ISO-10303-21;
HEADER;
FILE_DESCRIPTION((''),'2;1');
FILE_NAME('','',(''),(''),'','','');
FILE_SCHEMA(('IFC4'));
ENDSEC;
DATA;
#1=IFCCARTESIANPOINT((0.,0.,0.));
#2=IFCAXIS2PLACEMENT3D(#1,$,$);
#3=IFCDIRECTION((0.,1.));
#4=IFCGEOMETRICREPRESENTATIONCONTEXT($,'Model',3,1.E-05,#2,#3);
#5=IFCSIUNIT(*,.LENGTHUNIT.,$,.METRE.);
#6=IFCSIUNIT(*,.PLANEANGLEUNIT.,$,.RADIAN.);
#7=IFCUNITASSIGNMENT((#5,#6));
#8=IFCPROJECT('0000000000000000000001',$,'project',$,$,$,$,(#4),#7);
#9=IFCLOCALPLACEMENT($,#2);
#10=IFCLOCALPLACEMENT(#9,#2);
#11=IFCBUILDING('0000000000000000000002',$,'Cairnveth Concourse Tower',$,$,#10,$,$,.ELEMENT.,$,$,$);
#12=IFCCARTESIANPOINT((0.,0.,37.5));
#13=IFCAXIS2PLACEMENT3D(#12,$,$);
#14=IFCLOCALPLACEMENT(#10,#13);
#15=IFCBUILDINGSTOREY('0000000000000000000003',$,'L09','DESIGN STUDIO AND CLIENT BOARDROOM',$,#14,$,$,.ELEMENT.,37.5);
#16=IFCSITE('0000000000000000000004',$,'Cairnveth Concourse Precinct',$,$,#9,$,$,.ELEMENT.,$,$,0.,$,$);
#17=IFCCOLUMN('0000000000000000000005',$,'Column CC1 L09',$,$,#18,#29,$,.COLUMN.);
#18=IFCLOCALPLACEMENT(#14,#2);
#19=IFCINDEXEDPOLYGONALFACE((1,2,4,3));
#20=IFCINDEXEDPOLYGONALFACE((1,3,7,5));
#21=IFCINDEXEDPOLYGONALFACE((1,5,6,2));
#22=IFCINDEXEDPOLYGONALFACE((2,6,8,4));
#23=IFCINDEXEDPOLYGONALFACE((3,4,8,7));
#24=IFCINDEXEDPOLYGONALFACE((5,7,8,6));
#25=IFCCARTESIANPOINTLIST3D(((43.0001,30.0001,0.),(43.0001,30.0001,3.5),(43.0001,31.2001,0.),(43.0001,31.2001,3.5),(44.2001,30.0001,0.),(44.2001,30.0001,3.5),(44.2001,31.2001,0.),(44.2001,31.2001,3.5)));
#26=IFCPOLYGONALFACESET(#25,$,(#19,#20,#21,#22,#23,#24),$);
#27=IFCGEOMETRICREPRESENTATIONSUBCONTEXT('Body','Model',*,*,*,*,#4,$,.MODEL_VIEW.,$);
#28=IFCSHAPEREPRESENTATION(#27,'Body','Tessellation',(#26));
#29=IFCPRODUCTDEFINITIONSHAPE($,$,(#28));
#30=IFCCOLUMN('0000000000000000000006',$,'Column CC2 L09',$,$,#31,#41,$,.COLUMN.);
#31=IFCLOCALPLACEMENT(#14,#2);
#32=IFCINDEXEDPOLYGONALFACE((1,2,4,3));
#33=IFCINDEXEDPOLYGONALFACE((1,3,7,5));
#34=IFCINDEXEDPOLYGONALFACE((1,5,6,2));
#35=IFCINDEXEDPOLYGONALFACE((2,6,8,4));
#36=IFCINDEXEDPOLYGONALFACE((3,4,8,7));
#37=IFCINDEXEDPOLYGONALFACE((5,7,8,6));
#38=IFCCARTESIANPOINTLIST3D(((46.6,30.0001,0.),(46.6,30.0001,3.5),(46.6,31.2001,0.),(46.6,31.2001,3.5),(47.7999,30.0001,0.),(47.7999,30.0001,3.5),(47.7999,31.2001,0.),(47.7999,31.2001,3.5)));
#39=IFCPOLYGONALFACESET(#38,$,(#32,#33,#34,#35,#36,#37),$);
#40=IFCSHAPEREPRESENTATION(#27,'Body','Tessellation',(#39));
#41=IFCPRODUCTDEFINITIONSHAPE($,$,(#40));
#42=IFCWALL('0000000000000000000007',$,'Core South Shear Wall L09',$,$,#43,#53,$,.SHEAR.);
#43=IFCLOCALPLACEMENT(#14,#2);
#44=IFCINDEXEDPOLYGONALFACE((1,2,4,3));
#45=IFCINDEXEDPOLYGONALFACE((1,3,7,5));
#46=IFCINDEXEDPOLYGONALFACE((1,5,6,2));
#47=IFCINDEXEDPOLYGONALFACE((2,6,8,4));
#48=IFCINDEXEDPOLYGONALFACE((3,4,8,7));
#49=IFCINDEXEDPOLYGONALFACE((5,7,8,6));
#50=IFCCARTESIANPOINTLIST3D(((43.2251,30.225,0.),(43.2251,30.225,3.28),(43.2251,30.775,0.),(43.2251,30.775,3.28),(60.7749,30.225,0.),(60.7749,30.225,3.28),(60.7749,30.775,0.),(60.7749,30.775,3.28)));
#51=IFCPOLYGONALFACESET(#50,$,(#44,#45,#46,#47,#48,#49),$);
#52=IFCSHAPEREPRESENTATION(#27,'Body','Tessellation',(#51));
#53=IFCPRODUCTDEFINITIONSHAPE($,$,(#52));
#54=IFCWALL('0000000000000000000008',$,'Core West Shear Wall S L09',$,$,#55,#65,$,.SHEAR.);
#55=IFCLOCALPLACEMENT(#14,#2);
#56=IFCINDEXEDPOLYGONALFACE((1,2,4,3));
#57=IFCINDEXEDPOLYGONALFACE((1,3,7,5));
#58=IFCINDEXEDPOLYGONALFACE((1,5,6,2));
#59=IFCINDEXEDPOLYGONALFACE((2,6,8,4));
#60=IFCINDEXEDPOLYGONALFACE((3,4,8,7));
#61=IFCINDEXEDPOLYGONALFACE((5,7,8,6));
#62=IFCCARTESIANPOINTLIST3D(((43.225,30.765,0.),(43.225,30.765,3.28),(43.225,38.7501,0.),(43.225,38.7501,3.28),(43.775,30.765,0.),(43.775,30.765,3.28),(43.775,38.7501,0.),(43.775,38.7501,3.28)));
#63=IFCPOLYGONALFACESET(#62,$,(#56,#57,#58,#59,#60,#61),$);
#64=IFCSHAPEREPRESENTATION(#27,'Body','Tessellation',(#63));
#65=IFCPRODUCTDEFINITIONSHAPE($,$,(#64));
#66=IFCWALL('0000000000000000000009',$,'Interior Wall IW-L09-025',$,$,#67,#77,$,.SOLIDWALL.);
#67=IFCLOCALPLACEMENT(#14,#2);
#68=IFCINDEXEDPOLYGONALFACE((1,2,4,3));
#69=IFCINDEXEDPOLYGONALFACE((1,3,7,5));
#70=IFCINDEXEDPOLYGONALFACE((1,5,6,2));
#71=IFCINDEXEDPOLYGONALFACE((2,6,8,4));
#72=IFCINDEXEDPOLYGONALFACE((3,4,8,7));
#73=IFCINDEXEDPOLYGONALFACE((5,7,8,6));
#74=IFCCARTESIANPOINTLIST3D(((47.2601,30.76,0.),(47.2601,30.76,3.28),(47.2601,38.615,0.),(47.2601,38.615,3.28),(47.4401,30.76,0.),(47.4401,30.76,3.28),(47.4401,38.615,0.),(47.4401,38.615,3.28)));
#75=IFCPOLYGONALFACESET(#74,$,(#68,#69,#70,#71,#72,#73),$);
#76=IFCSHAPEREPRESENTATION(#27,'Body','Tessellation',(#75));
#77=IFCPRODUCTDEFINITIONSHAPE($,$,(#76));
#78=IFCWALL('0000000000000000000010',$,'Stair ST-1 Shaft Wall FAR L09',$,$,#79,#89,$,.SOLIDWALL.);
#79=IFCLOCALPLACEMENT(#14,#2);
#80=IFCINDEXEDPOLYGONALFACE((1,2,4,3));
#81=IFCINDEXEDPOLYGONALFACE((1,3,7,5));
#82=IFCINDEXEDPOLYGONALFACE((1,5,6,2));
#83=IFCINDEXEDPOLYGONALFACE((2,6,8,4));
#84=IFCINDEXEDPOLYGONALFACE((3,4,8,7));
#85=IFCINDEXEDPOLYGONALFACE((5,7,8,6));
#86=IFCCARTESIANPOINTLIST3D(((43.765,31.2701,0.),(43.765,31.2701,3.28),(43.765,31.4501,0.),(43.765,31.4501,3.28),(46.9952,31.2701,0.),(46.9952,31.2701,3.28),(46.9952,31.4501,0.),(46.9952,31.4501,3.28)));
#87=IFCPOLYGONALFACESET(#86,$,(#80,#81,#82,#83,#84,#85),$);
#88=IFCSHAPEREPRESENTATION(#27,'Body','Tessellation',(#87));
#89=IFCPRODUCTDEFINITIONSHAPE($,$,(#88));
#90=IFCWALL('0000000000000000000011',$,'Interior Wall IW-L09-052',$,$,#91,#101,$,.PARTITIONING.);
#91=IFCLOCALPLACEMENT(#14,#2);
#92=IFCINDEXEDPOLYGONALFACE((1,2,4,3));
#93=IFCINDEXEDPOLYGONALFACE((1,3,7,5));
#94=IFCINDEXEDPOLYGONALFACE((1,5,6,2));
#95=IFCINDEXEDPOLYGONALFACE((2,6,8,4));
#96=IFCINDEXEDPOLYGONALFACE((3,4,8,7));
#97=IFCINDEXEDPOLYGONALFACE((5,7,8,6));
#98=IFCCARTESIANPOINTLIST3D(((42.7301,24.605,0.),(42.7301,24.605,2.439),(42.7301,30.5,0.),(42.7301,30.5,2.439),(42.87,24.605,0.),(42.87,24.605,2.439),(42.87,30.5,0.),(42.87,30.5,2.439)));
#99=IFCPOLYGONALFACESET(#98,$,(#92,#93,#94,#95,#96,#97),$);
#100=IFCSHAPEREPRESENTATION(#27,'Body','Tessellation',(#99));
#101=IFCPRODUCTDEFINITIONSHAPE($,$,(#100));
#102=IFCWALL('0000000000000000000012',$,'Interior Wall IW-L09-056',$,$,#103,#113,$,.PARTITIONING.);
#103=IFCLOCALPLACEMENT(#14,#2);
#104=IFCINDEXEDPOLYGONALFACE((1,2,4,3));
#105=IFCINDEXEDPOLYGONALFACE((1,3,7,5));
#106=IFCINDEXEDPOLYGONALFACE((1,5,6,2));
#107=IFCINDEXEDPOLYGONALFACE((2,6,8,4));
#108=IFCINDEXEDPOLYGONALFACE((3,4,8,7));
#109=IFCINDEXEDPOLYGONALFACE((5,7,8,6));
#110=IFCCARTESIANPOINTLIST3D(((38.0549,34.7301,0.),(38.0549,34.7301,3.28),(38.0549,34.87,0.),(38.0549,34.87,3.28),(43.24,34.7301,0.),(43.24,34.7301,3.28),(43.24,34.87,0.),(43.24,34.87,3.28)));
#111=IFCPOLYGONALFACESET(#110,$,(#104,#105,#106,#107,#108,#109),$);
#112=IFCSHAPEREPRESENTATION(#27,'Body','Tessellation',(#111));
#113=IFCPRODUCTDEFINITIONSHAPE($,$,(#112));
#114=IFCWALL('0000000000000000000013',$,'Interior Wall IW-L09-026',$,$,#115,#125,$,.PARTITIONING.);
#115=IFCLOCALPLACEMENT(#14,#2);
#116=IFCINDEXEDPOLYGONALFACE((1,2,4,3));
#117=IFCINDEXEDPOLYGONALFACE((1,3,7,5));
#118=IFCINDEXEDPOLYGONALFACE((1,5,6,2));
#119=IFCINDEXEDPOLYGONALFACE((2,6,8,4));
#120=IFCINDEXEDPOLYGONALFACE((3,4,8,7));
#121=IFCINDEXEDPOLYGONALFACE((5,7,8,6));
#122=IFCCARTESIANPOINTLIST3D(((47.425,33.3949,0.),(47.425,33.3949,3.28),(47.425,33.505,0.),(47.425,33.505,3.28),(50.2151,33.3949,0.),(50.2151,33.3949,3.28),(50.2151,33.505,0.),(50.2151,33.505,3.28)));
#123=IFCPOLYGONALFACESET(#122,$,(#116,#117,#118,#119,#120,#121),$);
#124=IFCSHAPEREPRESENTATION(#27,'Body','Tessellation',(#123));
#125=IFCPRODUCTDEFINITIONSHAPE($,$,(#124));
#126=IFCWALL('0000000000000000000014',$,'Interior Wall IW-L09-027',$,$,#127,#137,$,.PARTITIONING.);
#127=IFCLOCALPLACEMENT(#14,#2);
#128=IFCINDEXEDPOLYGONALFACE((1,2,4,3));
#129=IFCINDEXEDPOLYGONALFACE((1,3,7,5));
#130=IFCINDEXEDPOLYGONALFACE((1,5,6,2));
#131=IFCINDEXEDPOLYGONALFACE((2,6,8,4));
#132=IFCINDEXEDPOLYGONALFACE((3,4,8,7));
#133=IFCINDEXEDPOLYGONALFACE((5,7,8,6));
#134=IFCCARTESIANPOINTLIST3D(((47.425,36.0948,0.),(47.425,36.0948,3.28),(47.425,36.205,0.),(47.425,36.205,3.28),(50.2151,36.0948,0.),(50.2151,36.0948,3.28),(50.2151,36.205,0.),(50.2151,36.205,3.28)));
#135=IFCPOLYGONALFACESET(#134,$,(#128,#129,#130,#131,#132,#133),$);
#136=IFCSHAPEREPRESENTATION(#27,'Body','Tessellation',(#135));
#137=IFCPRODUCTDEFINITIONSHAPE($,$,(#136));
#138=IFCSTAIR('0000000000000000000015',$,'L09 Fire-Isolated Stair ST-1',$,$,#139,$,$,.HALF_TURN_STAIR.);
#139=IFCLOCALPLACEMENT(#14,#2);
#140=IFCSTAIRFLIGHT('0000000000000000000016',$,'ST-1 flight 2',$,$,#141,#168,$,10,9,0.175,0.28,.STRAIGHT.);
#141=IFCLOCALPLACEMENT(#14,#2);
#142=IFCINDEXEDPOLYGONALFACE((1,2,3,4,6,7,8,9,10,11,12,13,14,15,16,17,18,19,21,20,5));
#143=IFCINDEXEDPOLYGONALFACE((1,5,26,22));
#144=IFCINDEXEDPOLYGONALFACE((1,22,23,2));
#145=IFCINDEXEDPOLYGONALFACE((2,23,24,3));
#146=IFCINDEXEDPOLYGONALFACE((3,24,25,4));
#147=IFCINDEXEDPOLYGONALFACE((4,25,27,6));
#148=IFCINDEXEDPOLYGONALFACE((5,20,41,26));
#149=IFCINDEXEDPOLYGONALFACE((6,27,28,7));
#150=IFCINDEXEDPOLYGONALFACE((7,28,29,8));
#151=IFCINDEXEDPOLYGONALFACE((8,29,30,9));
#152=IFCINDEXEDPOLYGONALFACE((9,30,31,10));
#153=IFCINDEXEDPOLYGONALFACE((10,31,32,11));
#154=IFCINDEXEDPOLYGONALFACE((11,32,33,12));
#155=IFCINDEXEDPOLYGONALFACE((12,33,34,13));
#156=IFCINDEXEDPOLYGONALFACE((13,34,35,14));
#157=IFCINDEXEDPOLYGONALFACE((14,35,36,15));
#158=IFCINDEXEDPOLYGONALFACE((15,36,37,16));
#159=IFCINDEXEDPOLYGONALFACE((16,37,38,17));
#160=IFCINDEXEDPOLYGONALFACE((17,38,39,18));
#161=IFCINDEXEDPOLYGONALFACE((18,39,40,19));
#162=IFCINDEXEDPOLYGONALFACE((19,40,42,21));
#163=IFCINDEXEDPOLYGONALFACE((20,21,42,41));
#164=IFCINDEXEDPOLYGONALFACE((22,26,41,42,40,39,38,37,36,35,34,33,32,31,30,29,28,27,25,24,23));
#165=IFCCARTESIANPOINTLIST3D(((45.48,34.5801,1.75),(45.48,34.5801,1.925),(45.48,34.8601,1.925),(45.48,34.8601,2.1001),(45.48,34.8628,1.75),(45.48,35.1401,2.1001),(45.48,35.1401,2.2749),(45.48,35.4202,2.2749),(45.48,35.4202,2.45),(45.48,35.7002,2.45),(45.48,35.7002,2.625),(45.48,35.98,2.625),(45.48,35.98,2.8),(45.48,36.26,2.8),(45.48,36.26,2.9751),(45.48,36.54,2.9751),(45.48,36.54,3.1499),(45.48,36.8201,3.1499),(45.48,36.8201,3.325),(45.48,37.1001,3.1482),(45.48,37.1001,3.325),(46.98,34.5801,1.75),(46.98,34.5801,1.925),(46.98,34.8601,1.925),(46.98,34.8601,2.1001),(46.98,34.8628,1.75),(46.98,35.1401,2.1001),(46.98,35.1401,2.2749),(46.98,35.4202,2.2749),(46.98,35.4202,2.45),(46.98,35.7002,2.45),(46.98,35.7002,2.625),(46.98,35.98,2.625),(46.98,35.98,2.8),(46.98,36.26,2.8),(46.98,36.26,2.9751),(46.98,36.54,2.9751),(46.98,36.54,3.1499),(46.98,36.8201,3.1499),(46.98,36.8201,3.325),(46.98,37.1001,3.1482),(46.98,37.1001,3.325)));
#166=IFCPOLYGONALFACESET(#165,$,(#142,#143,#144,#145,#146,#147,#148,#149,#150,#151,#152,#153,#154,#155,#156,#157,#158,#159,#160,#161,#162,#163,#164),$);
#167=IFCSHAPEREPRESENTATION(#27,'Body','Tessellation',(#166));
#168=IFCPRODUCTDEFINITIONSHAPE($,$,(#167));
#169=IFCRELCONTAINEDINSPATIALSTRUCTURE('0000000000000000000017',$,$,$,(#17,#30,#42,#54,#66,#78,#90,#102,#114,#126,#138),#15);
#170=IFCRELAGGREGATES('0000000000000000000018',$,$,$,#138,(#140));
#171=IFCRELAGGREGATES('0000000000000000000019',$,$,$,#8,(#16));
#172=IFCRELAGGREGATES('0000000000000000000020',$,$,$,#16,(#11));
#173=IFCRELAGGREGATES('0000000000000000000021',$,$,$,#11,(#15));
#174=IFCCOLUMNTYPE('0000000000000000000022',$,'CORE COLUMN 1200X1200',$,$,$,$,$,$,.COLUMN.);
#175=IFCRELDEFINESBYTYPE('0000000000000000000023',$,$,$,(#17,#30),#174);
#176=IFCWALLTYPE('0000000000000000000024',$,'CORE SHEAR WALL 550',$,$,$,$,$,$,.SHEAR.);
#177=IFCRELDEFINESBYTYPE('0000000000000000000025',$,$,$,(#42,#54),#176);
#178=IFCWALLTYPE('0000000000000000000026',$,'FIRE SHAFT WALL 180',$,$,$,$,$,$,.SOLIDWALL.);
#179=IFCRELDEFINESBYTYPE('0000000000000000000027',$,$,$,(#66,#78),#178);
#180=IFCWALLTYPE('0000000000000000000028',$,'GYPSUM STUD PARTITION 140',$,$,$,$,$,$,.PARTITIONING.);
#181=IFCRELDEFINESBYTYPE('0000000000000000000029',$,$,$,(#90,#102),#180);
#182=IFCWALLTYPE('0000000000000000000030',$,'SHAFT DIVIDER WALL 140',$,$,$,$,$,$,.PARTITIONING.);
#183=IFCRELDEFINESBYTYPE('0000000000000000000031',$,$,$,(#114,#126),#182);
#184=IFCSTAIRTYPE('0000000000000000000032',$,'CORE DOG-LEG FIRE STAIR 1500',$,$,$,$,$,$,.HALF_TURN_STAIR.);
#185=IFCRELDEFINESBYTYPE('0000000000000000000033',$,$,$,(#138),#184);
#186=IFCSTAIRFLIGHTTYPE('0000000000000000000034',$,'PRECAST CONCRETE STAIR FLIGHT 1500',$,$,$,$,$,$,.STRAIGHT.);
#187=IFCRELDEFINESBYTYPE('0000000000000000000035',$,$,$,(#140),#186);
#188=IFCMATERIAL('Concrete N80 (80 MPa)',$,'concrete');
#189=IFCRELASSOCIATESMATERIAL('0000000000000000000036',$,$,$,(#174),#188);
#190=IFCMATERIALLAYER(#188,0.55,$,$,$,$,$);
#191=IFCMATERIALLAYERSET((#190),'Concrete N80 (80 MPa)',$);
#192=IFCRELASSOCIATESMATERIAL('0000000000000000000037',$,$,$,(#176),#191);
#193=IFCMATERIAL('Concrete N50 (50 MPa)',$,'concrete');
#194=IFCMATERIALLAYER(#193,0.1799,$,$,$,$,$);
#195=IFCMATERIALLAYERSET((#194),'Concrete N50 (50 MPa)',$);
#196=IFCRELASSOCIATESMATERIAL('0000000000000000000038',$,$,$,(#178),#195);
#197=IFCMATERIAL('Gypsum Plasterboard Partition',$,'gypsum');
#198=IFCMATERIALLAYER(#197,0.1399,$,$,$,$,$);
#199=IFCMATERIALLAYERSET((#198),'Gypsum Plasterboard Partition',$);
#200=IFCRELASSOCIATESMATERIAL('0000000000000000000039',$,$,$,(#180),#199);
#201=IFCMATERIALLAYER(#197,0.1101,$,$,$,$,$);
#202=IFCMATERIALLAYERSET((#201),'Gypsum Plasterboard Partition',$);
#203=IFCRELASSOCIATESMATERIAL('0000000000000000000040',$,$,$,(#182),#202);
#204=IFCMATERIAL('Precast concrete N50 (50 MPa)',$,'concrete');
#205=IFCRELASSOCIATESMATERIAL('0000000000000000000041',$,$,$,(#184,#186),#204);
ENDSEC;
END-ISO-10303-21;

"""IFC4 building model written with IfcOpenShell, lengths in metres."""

from ifc_helpers import new_model, si_unit, direction, frame, frame_2d, origin, origin_2d, place, context, subcontext, project, spatial, polyline, rectangle, outline, extrude, material, layer, layer_set, material_profile, profile_set, type_object, element, aggregate, save


model = new_model("IFC4")

# Units and contexts
model_context = context("Model", 3, precision=1e-05, world=origin(), true_north=direction((0.0, 1.0)))
body_context = subcontext(model_context, "Body", "Model", "MODEL_VIEW")
ifc_project = project(units=[si_unit("LENGTHUNIT", "METRE"), si_unit("PLANEANGLEUNIT", "RADIAN")], contexts=[model_context])

# Site, building, storey
site_placement = place(None, origin())
site = spatial("IfcSite", under=ifc_project, at=site_placement, Name="Cairnveth Concourse Precinct", CompositionType="ELEMENT", RefElevation=0.0)
building_placement = place(site_placement, origin())
building = spatial("IfcBuilding", under=site, at=building_placement, Name="Cairnveth Concourse Tower", CompositionType="ELEMENT")
storey_placement = place(building_placement, frame((0.0, 0.0, 37.5)))
storey = spatial("IfcBuildingStorey", under=building, at=storey_placement, Name="L09", Description="DESIGN STUDIO AND CLIENT BOARDROOM", CompositionType="ELEMENT", Elevation=37.5)

# Columns
ifc_material_1 = material(Name="Concrete N80 (80 MPa)", Category="concrete")
ifc_material_profile = material_profile(ifc_material_1, rectangle(XDim=1.2, YDim=1.2, at=origin_2d()), Name="RC-COL-1200x1200")
ifc_profile_set = profile_set([ifc_material_profile], Name="Concrete N80 (80 MPa)")
column_type = type_object("IfcColumnType", Name="CORE COLUMN 1200X1200", PredefinedType="COLUMN", material=ifc_profile_set)
for number, where, z_axis, x_axis, name in (
    (1, (43.6001, 30.6001, 0.0), (0.0, 0.0, 1.0), (1.0, 0.0, 0.0), "Column CC1 L09"),
    (2, (47.2, 30.6001, 0.0), (0.0, 0.0, 1.0), (1.0, 0.0, 0.0), "Column CC2 L09"),
):
    element("IfcColumn", number, at=place(storey_placement, frame(where, z_axis=z_axis, x_axis=x_axis)), inside=storey, type_object=column_type, Name=name, PredefinedType="COLUMN", context=body_context, shape_type="SweptSolid", body=[
        extrude(rectangle(XDim=1.2, YDim=1.2, at=origin_2d()), origin(), (0.0, 0.0, 1.0), 3.5),
    ])

# Walls
ifc_layer_1 = layer(ifc_material_1, 0.55)
ifc_layer_set_1 = layer_set([ifc_layer_1], Name="Concrete N80 (80 MPa)")
wall_type_1 = type_object("IfcWallType", Name="CORE SHEAR WALL 550", PredefinedType="SHEAR", material=ifc_layer_set_1)
wall_1_placement = place(storey_placement, frame((43.2251, 30.5, 0.0), z_axis=(0.0, 0.0, 1.0), x_axis=(1.0, 0.0, 0.0)))
element("IfcWall", 3, at=wall_1_placement, inside=storey, type_object=wall_type_1, Name="Core South Shear Wall L09", PredefinedType="SHEAR", context=body_context, shape_type="SweptSolid", body=[
    extrude(rectangle(XDim=17.5498, YDim=0.55, at=frame_2d((8.7749, 0.0))), origin(), (0.0, 0.0, 1.0), 3.28),
])
wall_2_placement = place(storey_placement, frame((43.5, 30.7649, 0.0), z_axis=(0.0, 0.0, 1.0), x_axis=(0.0, 1.0, 0.0)))
element("IfcWall", 4, at=wall_2_placement, inside=storey, type_object=wall_type_1, Name="Core West Shear Wall S L09", PredefinedType="SHEAR", context=body_context, shape_type="SweptSolid", body=[
    extrude(rectangle(XDim=7.9851, YDim=0.55, at=frame_2d((3.9927, 0.0))), origin(), (0.0, 0.0, 1.0), 3.28),
])
ifc_material_2 = material(Name="Concrete N50 (50 MPa)", Category="concrete")
ifc_layer_2 = layer(ifc_material_2, 0.1799)
ifc_layer_set_2 = layer_set([ifc_layer_2], Name="Concrete N50 (50 MPa)")
wall_type_2 = type_object("IfcWallType", Name="FIRE SHAFT WALL 180", PredefinedType="SOLIDWALL", material=ifc_layer_set_2)
wall_3_placement = place(storey_placement, frame((47.3501, 30.76, 0.0), z_axis=(0.0, 0.0, 1.0), x_axis=(0.0, 1.0, 0.0)))
element("IfcWall", 5, at=wall_3_placement, inside=storey, type_object=wall_type_2, Name="Interior Wall IW-L09-025", PredefinedType="SOLIDWALL", context=body_context, shape_type="SweptSolid", body=[
    extrude(rectangle(XDim=7.855, YDim=0.1799, at=frame_2d((3.9275, 0.0))), origin(), (0.0, 0.0, 1.0), 3.28),
])
wall_4_placement = place(storey_placement, frame((43.7649, 31.3601, 0.0), z_axis=(0.0, 0.0, 1.0), x_axis=(1.0, 0.0, 0.0)))
element("IfcWall", 6, at=wall_4_placement, inside=storey, type_object=wall_type_2, Name="Stair ST-1 Shaft Wall FAR L09", PredefinedType="SOLIDWALL", context=body_context, shape_type="SweptSolid", body=[
    extrude(rectangle(XDim=3.2302, YDim=0.1799, at=frame_2d((1.6152, 0.0))), origin(), (0.0, 0.0, 1.0), 3.28),
])
ifc_material_3 = material(Name="Gypsum Plasterboard Partition", Category="gypsum")
ifc_layer_3 = layer(ifc_material_3, 0.1399)
ifc_layer_set_3 = layer_set([ifc_layer_3], Name="Gypsum Plasterboard Partition")
wall_type_3 = type_object("IfcWallType", Name="GYPSUM STUD PARTITION 140", PredefinedType="PARTITIONING", material=ifc_layer_set_3)
wall_5_placement = place(storey_placement, frame((42.8, 24.605, 0.0), z_axis=(0.0, 0.0, 1.0), x_axis=(0.0, 1.0, 0.0)))
element("IfcWall", 7, at=wall_5_placement, inside=storey, type_object=wall_type_3, Name="Interior Wall IW-L09-052", PredefinedType="PARTITIONING", context=body_context, shape_type="SweptSolid", body=[
    extrude(rectangle(XDim=5.895, YDim=0.1399, at=frame_2d((2.9475, 0.0))), origin(), (0.0, 0.0, 1.0), 2.439),
])
wall_6_placement = place(storey_placement, frame((38.0549, 34.8, 0.0), z_axis=(0.0, 0.0, 1.0), x_axis=(1.0, 0.0, 0.0)))
element("IfcWall", 8, at=wall_6_placement, inside=storey, type_object=wall_type_3, Name="Interior Wall IW-L09-056", PredefinedType="PARTITIONING", context=body_context, shape_type="SweptSolid", body=[
    extrude(rectangle(XDim=5.1851, YDim=0.1399, at=frame_2d((2.5925, 0.0))), origin(), (0.0, 0.0, 1.0), 3.28),
])
ifc_layer_4 = layer(ifc_material_3, 0.1101)
ifc_layer_set_4 = layer_set([ifc_layer_4], Name="Gypsum Plasterboard Partition")
wall_type_4 = type_object("IfcWallType", Name="SHAFT DIVIDER WALL 140", PredefinedType="PARTITIONING", material=ifc_layer_set_4)
for number, where, z_axis, x_axis, name in (
    (9, (47.425, 33.45, 0.0), (0.0, 0.0, 1.0), (1.0, 0.0, 0.0), "Interior Wall IW-L09-026"),
    (10, (47.425, 36.1499, 0.0), (0.0, 0.0, 1.0), (1.0, 0.0, 0.0), "Interior Wall IW-L09-027"),
):
    element("IfcWall", number, at=place(storey_placement, frame(where, z_axis=z_axis, x_axis=x_axis)), inside=storey, type_object=wall_type_4, Name=name, PredefinedType="PARTITIONING", context=body_context, shape_type="SweptSolid", body=[
        extrude(rectangle(XDim=2.79, YDim=0.1101, at=frame_2d((1.395, 0.0))), origin(), (0.0, 0.0, 1.0), 3.28),
    ])

# Stair, stair flight
ifc_material_4 = material(Name="Precast concrete N50 (50 MPa)", Category="concrete")
stair_type = type_object("IfcStairType", Name="CORE DOG-LEG FIRE STAIR 1500", PredefinedType="HALF_TURN_STAIR", material=ifc_material_4)
stair_placement = place(storey_placement, origin())
stair = element("IfcStair", 11, at=stair_placement, inside=storey, type_object=stair_type, Name="L09 Fire-Isolated Stair ST-1", PredefinedType="HALF_TURN_STAIR")
stair_flight_type = type_object("IfcStairFlightType", Name="PRECAST CONCRETE STAIR FLIGHT 1500", PredefinedType="STRAIGHT", material=ifc_material_4)
stair_flight_placement = place(storey_placement, frame((46.23, 34.5801, 1.75), z_axis=(0.0, 0.0, 1.0), x_axis=(0.0, 1.0, 0.0)))
stair_flight = element("IfcStairFlight", 12, at=stair_flight_placement, type_object=stair_flight_type, Name="ST-1 flight 2", NumberOfRisers=10, NumberOfTreads=9, PredefinedType="STRAIGHT", RiserHeight=0.175, TreadLength=0.28, context=body_context, shape_type="SweptSolid", body=[
    extrude(outline(polyline([(0.0, 0.0), (0.0, 0.175), (0.28, 0.175), (0.28, 0.3501), (0.5601, 0.3501), (0.5601, 0.5249), (0.8401, 0.5249), (0.8401, 0.7), (1.1201, 0.7), (1.1201, 0.875), (1.3999, 0.875), (1.3999, 1.05), (1.6799, 1.05), (1.6799, 1.2251), (1.96, 1.2251), (1.96, 1.3999), (2.24, 1.3999), (2.24, 1.575), (2.52, 1.575), (2.52, 1.75), (2.52, 1.3982), (0.2827, 0.0), (0.0, 0.0)])), frame((0.0, 0.75, 0.0), z_axis=(0.0, -1.0, 0.0), x_axis=(1.0, 0.0, 0.0)), (0.0, 0.0, 1.0), 1.5),
])
aggregate(stair, [stair_flight])

save(model, "model.ifc")
